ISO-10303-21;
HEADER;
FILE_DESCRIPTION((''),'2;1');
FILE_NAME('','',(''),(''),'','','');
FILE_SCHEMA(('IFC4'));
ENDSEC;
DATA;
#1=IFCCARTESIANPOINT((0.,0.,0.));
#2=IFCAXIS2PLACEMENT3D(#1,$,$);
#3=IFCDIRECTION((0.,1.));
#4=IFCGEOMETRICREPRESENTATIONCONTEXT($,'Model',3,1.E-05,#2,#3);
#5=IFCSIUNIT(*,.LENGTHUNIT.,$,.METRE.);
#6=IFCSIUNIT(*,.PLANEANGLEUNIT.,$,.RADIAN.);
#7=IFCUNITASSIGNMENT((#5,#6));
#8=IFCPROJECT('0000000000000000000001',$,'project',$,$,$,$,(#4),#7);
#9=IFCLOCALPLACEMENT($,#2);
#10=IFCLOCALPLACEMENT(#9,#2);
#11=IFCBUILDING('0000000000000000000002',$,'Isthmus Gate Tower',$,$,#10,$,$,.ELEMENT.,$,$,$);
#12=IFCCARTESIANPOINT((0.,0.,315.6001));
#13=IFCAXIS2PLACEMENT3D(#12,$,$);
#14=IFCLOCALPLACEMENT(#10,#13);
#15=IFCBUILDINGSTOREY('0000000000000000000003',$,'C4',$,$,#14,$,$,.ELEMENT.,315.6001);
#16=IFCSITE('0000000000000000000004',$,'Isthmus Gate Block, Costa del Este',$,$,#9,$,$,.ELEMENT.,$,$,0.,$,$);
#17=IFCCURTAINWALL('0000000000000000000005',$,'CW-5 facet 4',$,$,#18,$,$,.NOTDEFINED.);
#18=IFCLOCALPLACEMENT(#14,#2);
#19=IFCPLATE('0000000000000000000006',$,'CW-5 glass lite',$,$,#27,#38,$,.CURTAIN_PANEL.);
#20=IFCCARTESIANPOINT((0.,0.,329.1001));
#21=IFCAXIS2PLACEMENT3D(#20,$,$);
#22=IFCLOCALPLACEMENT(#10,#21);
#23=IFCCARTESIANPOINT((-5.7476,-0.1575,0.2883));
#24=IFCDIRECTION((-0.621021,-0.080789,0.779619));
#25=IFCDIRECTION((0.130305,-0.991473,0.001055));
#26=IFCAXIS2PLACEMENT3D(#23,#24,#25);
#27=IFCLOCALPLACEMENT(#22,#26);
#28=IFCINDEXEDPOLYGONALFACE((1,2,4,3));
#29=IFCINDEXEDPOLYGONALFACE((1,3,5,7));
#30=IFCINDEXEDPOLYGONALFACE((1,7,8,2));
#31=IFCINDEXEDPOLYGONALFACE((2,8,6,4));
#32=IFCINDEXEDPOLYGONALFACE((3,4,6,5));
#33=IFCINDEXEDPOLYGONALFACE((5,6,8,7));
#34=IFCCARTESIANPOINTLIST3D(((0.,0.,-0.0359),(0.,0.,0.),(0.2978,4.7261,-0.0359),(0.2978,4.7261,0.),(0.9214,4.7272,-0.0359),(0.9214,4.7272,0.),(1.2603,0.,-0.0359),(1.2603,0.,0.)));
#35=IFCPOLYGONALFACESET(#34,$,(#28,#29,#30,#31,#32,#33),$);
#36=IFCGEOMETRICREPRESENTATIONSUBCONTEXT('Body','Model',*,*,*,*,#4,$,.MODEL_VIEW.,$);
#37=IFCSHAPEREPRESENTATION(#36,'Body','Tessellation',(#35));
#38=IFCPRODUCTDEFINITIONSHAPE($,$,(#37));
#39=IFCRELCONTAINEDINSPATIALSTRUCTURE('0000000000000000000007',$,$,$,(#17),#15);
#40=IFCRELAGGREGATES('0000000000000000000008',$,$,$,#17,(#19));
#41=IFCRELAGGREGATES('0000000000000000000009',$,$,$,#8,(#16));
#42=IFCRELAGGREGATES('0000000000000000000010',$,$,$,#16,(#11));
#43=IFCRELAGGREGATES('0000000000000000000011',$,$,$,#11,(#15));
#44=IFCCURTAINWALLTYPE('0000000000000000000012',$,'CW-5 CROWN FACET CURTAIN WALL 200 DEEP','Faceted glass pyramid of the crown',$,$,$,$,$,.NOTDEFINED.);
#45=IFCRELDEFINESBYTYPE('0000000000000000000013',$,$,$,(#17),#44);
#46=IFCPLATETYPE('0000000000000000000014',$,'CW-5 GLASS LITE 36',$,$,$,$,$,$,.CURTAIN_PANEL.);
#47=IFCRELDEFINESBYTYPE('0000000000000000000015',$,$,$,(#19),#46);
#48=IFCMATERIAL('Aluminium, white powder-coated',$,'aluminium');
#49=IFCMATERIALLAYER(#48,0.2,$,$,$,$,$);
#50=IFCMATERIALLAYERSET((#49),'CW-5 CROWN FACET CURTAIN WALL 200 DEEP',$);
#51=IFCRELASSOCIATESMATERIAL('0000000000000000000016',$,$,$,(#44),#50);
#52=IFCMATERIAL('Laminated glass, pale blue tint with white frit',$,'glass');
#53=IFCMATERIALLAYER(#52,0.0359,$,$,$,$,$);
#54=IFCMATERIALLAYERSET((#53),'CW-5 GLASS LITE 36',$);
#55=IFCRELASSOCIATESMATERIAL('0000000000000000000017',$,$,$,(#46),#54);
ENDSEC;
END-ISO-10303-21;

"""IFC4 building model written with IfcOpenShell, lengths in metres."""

from ifc_helpers import new_model, si_unit, direction, frame, origin, place, context, subcontext, project, spatial, polyline, outline, extrude, material, layer, layer_set, type_object, element, aggregate, save


model = new_model("IFC4")

# Units and contexts
model_context = context("Model", 3, precision=1e-05, world=origin(), true_north=direction((0.0, 1.0)))
body_context = subcontext(model_context, "Body", "Model", "MODEL_VIEW")
ifc_project = project(units=[si_unit("LENGTHUNIT", "METRE"), si_unit("PLANEANGLEUNIT", "RADIAN")], contexts=[model_context])

# Site, building, storey
site_placement = place(None, origin())
site = spatial("IfcSite", under=ifc_project, at=site_placement, Name="Isthmus Gate Block, Costa del Este", CompositionType="ELEMENT", RefElevation=0.0)
building_placement = place(site_placement, origin())
building = spatial("IfcBuilding", under=site, at=building_placement, Name="Isthmus Gate Tower", CompositionType="ELEMENT")
storey_placement = place(building_placement, frame((0.0, 0.0, 315.6001)))
storey = spatial("IfcBuildingStorey", under=building, at=storey_placement, Name="C4", CompositionType="ELEMENT", Elevation=315.6001)

# Curtain wall
ifc_material_1 = material(Name="Aluminium, white powder-coated", Category="aluminium")
ifc_layer_1 = layer(ifc_material_1, 0.2)
ifc_layer_set_1 = layer_set([ifc_layer_1], Name="CW-5 CROWN FACET CURTAIN WALL 200 DEEP")
curtain_wall_type = type_object("IfcCurtainWallType", Name="CW-5 CROWN FACET CURTAIN WALL 200 DEEP", Description="Faceted glass pyramid of the crown", PredefinedType="NOTDEFINED", material=ifc_layer_set_1)
curtain_wall_1_placement = place(storey_placement, origin())
curtain_wall_1 = element("IfcCurtainWall", 1, at=curtain_wall_1_placement, inside=storey, type_object=curtain_wall_type, Name="CW-5 facet 4", PredefinedType="NOTDEFINED")

# Shared definitions
placement_1 = place(building_placement, frame((0.0, 0.0, 329.1001)))

# Plate
ifc_material_2 = material(Name="Laminated glass, pale blue tint with white frit", Category="glass")
ifc_layer_2 = layer(ifc_material_2, 0.0359)
ifc_layer_set_2 = layer_set([ifc_layer_2], Name="CW-5 GLASS LITE 36")
plate_type = type_object("IfcPlateType", Name="CW-5 GLASS LITE 36", PredefinedType="CURTAIN_PANEL", material=ifc_layer_set_2)
plate_1_placement = place(placement_1, frame((-5.7476, -0.1575, 0.2883), z_axis=(-0.621021, -0.080789, 0.779619), x_axis=(0.130305, -0.991473, 0.001055)))
plate_1 = element("IfcPlate", 2, at=plate_1_placement, type_object=plate_type, Name="CW-5 glass lite", PredefinedType="CURTAIN_PANEL", context=body_context, shape_type="SweptSolid", body=[
    extrude(outline(polyline([(0.0, 0.0), (1.2603, 0.0), (0.9214, 4.7272), (0.2978, 4.7261), (0.0, 0.0)])), origin(), (0.0, 0.0, -1.0), 0.0359),
])

aggregate(curtain_wall_1, [plate_1])

save(model, "model.ifc")
